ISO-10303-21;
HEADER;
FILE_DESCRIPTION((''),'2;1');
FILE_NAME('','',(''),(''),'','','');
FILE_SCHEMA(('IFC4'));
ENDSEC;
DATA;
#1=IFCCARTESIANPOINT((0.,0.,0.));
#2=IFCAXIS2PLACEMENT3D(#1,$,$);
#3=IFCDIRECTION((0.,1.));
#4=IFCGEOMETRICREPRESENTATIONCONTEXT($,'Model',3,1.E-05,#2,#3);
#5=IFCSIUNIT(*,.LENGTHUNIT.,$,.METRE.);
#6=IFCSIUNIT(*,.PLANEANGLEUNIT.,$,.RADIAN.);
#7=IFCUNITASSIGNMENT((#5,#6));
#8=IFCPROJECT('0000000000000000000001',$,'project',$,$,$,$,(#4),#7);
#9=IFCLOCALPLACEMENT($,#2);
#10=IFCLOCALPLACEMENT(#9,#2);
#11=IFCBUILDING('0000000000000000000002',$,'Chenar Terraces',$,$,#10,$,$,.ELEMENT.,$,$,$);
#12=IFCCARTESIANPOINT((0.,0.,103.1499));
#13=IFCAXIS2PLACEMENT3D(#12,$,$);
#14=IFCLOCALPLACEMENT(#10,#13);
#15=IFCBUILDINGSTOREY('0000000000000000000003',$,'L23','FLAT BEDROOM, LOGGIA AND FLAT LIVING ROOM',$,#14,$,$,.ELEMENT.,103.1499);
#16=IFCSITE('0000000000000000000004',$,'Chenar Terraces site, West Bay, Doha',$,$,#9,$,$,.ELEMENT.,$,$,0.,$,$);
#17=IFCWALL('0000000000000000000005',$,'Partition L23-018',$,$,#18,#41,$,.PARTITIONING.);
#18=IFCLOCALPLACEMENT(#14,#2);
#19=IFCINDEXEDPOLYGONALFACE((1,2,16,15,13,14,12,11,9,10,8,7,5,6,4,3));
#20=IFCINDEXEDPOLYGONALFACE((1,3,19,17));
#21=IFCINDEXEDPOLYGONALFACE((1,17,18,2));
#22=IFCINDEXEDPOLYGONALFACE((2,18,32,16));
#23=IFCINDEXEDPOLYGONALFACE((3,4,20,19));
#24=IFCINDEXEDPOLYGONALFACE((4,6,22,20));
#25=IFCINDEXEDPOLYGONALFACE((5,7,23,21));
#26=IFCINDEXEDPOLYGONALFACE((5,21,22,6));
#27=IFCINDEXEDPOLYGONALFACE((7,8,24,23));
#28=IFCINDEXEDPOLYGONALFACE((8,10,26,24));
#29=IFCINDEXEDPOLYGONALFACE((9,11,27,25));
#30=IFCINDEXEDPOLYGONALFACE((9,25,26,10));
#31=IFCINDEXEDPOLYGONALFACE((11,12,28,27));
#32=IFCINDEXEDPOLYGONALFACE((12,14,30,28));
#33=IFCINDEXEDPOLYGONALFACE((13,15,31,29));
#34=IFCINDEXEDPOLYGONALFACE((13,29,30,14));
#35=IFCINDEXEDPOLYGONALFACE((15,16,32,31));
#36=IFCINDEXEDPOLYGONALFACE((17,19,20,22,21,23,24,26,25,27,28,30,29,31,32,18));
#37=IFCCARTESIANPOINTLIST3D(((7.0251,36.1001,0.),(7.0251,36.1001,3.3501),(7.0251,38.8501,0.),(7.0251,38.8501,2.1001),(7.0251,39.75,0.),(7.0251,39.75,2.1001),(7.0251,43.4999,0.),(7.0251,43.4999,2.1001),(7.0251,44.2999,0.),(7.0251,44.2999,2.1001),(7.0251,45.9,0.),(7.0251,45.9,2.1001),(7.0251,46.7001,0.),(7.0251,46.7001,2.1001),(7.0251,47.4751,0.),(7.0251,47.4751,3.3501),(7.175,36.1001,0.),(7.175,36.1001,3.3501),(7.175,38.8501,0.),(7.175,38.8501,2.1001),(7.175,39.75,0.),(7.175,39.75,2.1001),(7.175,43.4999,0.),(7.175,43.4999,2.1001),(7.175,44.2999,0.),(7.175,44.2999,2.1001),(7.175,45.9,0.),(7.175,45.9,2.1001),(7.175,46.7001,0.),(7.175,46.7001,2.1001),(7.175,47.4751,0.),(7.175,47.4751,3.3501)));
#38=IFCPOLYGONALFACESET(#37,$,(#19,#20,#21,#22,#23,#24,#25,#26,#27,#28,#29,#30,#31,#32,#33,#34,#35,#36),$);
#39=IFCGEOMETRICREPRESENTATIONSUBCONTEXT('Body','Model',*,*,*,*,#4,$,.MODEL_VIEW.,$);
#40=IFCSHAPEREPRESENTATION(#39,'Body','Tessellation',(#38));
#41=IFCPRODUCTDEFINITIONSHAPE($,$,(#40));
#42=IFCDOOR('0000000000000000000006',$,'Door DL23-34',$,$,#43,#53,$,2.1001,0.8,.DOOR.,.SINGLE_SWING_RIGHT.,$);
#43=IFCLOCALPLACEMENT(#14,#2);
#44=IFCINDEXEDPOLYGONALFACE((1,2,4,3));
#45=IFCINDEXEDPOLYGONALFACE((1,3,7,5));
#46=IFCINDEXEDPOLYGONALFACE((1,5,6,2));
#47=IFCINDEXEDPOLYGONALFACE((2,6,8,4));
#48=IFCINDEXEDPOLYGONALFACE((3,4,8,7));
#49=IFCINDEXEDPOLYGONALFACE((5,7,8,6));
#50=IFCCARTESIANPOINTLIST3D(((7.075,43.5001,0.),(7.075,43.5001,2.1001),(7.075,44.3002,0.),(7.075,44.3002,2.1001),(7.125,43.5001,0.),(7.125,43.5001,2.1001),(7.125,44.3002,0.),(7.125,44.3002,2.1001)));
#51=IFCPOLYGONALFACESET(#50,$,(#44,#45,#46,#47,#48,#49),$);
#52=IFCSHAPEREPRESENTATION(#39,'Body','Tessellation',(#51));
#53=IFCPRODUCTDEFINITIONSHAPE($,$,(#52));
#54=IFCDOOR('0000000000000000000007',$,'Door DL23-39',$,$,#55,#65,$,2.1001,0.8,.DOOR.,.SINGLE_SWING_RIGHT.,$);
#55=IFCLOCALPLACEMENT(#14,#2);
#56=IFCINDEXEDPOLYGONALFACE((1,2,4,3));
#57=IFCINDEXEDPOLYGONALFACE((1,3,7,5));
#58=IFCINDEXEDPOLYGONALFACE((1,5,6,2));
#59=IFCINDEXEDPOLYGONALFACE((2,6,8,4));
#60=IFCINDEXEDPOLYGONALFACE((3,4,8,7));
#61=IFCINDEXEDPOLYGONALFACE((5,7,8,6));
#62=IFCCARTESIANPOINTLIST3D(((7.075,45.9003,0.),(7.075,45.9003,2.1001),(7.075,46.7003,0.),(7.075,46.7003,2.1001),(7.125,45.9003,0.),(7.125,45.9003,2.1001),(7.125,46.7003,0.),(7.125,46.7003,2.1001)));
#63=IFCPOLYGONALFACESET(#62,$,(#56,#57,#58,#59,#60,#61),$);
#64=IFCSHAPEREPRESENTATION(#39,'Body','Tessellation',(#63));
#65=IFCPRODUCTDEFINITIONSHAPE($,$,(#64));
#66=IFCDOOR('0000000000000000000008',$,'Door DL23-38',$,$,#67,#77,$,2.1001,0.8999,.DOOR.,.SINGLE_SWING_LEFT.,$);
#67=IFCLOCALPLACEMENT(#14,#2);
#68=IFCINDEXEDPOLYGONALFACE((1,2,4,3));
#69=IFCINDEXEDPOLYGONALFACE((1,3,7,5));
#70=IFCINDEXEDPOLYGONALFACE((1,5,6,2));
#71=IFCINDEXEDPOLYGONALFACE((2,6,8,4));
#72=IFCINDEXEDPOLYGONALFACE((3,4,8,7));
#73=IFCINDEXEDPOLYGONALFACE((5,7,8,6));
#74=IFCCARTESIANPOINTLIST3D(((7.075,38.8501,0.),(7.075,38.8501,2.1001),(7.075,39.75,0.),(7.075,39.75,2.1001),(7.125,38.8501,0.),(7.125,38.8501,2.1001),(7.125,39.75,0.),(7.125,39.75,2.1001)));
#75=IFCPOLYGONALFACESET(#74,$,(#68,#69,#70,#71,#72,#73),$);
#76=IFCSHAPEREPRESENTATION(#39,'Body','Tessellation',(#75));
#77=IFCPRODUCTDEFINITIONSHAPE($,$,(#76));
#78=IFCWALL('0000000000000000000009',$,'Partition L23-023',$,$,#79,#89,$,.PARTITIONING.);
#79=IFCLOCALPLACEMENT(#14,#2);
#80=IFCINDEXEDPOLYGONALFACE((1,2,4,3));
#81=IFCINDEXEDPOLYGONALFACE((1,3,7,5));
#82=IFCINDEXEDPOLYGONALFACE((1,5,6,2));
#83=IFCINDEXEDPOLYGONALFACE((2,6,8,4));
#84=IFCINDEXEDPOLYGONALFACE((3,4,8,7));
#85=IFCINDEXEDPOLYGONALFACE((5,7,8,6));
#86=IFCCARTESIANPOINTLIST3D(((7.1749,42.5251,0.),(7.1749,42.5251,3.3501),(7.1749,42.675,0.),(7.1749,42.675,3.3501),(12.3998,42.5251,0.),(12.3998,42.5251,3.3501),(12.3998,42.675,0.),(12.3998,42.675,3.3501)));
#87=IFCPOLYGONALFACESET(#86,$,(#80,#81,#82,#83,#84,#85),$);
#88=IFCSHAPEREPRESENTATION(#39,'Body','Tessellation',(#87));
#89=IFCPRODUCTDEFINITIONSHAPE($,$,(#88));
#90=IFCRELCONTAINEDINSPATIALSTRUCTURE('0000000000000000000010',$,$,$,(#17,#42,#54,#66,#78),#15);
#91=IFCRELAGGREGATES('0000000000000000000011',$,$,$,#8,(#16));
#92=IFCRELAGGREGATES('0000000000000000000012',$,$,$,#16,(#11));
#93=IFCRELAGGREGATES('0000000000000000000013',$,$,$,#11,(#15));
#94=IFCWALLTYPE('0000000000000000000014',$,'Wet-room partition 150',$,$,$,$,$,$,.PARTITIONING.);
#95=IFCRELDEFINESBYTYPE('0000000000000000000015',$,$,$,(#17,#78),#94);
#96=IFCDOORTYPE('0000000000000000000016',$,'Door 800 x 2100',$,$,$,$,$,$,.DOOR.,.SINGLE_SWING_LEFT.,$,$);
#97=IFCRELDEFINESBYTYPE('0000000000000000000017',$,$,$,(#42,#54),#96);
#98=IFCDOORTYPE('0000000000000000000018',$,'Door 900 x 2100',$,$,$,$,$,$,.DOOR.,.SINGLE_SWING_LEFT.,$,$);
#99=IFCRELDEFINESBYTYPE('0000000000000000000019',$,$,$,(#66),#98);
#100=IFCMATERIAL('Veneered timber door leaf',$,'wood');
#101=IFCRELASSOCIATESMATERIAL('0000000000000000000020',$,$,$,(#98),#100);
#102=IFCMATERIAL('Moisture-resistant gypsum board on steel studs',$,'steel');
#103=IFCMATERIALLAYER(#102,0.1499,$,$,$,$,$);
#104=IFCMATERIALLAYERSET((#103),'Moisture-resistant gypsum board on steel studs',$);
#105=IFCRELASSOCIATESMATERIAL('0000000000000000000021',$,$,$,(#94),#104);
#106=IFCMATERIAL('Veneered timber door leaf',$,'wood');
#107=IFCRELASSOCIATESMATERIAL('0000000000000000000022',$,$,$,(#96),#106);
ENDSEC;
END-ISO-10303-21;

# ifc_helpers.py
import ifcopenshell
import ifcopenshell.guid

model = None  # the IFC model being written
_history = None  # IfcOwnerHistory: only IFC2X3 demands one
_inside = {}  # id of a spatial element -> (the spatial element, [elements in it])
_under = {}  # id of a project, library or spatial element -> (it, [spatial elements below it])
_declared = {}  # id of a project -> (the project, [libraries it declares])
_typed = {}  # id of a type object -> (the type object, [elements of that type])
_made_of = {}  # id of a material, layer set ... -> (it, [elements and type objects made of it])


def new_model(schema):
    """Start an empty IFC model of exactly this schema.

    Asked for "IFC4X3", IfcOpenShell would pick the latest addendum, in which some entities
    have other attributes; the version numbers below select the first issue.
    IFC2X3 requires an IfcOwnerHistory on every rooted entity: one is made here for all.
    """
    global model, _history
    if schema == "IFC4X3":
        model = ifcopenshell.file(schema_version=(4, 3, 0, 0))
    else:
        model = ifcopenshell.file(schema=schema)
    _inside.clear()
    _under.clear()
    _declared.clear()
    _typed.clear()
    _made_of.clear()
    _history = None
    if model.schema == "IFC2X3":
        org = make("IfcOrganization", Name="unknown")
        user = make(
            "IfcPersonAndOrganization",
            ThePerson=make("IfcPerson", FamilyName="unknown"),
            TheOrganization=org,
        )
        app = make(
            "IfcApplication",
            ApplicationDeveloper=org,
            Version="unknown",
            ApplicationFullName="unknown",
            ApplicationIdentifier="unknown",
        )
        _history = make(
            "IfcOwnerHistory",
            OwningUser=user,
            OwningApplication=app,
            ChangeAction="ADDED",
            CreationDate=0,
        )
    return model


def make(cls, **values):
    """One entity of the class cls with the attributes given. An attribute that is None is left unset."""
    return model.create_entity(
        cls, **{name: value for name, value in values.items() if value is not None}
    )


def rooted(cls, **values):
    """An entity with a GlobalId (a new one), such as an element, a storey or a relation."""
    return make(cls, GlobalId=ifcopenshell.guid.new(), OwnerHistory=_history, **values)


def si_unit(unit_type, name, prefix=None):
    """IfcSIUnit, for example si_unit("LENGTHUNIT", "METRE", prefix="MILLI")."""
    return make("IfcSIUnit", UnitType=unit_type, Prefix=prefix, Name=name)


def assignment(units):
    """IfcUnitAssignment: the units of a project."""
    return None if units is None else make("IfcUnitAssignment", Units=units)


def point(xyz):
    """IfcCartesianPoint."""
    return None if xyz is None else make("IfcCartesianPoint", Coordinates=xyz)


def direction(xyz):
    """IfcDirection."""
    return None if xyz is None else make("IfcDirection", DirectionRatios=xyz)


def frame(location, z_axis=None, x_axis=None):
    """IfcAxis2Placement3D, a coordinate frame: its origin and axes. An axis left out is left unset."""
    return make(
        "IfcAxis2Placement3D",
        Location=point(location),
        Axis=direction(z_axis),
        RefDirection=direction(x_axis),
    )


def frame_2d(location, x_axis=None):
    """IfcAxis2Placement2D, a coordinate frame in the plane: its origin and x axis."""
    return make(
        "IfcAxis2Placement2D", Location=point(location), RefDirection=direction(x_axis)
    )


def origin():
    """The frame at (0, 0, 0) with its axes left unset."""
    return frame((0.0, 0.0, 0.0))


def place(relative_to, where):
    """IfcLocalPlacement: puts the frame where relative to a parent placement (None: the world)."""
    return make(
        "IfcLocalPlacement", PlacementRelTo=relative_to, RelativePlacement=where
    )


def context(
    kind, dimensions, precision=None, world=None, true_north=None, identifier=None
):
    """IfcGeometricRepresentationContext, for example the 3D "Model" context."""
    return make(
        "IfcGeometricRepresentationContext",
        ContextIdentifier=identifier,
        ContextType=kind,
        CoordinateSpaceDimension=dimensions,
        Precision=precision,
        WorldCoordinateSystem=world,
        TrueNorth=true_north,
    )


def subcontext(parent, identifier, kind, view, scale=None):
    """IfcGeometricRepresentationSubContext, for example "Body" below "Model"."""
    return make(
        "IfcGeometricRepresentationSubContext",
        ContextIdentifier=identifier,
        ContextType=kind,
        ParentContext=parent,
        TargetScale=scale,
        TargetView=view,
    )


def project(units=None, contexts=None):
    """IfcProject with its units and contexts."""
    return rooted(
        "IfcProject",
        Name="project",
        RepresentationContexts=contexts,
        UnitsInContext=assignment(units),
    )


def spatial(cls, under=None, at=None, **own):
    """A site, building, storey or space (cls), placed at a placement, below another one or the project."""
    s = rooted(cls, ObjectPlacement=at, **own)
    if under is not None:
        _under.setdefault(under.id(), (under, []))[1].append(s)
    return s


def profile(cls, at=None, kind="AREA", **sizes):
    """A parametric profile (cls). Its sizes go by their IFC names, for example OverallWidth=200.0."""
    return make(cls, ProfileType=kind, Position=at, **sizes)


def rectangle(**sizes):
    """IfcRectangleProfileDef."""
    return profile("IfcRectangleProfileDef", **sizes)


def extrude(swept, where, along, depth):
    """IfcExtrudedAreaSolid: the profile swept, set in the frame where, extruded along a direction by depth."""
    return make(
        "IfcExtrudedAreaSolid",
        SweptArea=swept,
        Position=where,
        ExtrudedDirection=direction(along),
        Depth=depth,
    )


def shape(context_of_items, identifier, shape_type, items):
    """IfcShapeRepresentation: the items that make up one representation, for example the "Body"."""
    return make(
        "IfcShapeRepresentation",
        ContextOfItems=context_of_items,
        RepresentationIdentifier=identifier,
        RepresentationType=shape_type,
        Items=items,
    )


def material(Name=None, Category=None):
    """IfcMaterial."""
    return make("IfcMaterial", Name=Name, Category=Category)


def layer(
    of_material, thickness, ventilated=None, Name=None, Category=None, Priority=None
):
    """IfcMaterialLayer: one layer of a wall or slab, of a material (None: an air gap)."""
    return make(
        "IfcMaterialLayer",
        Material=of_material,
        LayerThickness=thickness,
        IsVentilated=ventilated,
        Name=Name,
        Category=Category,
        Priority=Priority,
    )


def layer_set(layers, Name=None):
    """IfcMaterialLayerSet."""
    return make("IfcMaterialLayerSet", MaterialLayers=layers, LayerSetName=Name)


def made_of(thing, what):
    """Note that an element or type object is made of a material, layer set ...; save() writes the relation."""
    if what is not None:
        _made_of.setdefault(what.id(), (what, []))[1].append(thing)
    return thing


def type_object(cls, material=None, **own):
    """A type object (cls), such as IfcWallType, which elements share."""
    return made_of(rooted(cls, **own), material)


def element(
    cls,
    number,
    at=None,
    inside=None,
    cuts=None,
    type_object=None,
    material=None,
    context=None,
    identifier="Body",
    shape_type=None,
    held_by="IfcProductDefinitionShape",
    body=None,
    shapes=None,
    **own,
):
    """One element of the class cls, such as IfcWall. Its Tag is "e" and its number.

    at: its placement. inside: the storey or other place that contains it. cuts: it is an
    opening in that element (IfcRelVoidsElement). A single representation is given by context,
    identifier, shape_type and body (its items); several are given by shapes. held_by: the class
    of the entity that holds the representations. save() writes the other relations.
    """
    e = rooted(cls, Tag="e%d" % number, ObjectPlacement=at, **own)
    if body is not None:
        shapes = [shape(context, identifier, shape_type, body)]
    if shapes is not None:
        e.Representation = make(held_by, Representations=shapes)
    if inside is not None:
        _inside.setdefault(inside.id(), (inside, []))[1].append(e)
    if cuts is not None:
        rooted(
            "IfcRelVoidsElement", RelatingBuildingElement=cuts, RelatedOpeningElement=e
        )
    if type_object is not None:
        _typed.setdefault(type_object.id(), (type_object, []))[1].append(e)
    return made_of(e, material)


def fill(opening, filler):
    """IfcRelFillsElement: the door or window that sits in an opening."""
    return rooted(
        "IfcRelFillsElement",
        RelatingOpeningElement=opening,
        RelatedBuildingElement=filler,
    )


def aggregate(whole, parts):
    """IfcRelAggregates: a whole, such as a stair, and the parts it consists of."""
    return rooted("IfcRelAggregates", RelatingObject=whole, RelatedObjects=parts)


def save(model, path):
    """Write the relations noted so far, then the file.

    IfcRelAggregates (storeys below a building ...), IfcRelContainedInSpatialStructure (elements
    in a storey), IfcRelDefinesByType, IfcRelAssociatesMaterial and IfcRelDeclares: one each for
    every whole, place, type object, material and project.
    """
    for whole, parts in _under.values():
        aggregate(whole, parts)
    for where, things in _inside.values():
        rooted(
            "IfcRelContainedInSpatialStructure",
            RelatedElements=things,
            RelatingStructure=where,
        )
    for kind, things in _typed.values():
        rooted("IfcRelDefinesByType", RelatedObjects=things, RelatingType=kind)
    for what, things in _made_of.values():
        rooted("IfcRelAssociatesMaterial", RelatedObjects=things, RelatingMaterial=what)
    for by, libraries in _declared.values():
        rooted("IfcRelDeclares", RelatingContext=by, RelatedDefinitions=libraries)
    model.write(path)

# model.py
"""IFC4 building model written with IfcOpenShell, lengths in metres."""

from ifc_helpers import new_model, si_unit, direction, frame, frame_2d, origin, place, context, subcontext, project, spatial, rectangle, extrude, material, layer, layer_set, type_object, element, fill, save


model = new_model("IFC4")

# Units and contexts
model_context = context("Model", 3, precision=1e-05, world=origin(), true_north=direction((0.0, 1.0)))
body_context = subcontext(model_context, "Body", "Model", "MODEL_VIEW")
ifc_project = project(units=[si_unit("LENGTHUNIT", "METRE"), si_unit("PLANEANGLEUNIT", "RADIAN")], contexts=[model_context])

# Site, building, storey
site_placement = place(None, origin())
site = spatial("IfcSite", under=ifc_project, at=site_placement, Name="Chenar Terraces site, West Bay, Doha", CompositionType="ELEMENT", RefElevation=0.0)
building_placement = place(site_placement, origin())
building = spatial("IfcBuilding", under=site, at=building_placement, Name="Chenar Terraces", CompositionType="ELEMENT")
storey_placement = place(building_placement, frame((0.0, 0.0, 103.1499)))
storey = spatial("IfcBuildingStorey", under=building, at=storey_placement, Name="L23", Description="FLAT BEDROOM, LOGGIA AND FLAT LIVING ROOM", CompositionType="ELEMENT", Elevation=103.1499)

# Shared definitions
ifc_material_1 = material(Name="Veneered timber door leaf", Category="wood")
door_type_1 = type_object("IfcDoorType", Name="Door 900 x 2100", OperationType="SINGLE_SWING_LEFT", PredefinedType="DOOR", material=ifc_material_1)

# Wall, openings, doors
ifc_material_2 = material(Name="Moisture-resistant gypsum board on steel studs", Category="steel")
ifc_layer_1 = layer(ifc_material_2, 0.1499)
ifc_layer_set_1 = layer_set([ifc_layer_1], Name="Moisture-resistant gypsum board on steel studs")
wall_type_1 = type_object("IfcWallType", Name="Wet-room partition 150", PredefinedType="PARTITIONING", material=ifc_layer_set_1)
wall_1_placement = place(storey_placement, frame((7.1001, 36.1001, 0.0), z_axis=(0.0, 0.0, 1.0), x_axis=(0.0, 1.0, 0.0)))
wall_1 = element("IfcWall", 1, at=wall_1_placement, inside=storey, type_object=wall_type_1, Name="Partition L23-018", PredefinedType="PARTITIONING", context=body_context, shape_type="SweptSolid", body=[
    extrude(rectangle(XDim=11.375, YDim=0.1499, at=frame_2d((5.6875, 0.0))), origin(), (0.0, 0.0, 1.0), 3.3501),
])
opening_1_placement = place(wall_1_placement, frame((7.3999, 0.0, 0.0)))
opening_1 = element("IfcOpeningElement", 2, at=opening_1_placement, cuts=wall_1, PredefinedType="OPENING", context=body_context, shape_type="SweptSolid", body=[
    extrude(rectangle(XDim=0.8, YDim=2.1001, at=frame_2d((0.3999, 1.05))), frame((0.0, 0.085, 0.0), z_axis=(0.0, -1.0, 0.0), x_axis=(1.0, 0.0, 0.0)), (0.0, 0.0, 1.0), 0.1699),
])
opening_2_placement = place(wall_1_placement, frame((2.75, 0.0, 0.0)))
opening_2 = element("IfcOpeningElement", 3, at=opening_2_placement, cuts=wall_1, PredefinedType="OPENING", context=body_context, shape_type="SweptSolid", body=[
    extrude(rectangle(XDim=0.8999, YDim=2.1001, at=frame_2d((0.45, 1.05))), frame((0.0, 0.085, 0.0), z_axis=(0.0, -1.0, 0.0), x_axis=(1.0, 0.0, 0.0)), (0.0, 0.0, 1.0), 0.1699),
])
opening_3_placement = place(wall_1_placement, frame((9.8, 0.0, 0.0)))
opening_3 = element("IfcOpeningElement", 4, at=opening_3_placement, cuts=wall_1, PredefinedType="OPENING", context=body_context, shape_type="SweptSolid", body=[
    extrude(rectangle(XDim=0.8, YDim=2.1001, at=frame_2d((0.3999, 1.05))), frame((0.0, 0.085, 0.0), z_axis=(0.0, -1.0, 0.0), x_axis=(1.0, 0.0, 0.0)), (0.0, 0.0, 1.0), 0.1699),
])
ifc_material_3 = material(Name="Veneered timber door leaf", Category="wood")
door_type_2 = type_object("IfcDoorType", Name="Door 800 x 2100", OperationType="SINGLE_SWING_LEFT", PredefinedType="DOOR", material=ifc_material_3)
door_1_placement = place(opening_1_placement, frame((0.8, 0.0, 0.0), z_axis=(0.0, 0.0, 1.0), x_axis=(-1.0, 0.0, 0.0)))
door_1 = element("IfcDoor", 5, at=door_1_placement, inside=storey, type_object=door_type_2, Name="Door DL23-34", OperationType="SINGLE_SWING_RIGHT", OverallHeight=2.1001, OverallWidth=0.8, PredefinedType="DOOR", context=body_context, shape_type="SweptSolid", body=[
    extrude(rectangle(XDim=0.8, YDim=2.1001, at=frame_2d((0.3999, 1.05))), frame((0.0, 0.0249, 0.0), z_axis=(0.0, -1.0, 0.0), x_axis=(1.0, 0.0, 0.0)), (0.0, 0.0, 1.0), 0.05),
])
fill(opening_1, door_1)
door_2_placement = place(opening_3_placement, frame((0.8, 0.0, 0.0), z_axis=(0.0, 0.0, 1.0), x_axis=(-1.0, 0.0, 0.0)))
door_2 = element("IfcDoor", 6, at=door_2_placement, inside=storey, type_object=door_type_2, Name="Door DL23-39", OperationType="SINGLE_SWING_RIGHT", OverallHeight=2.1001, OverallWidth=0.8, PredefinedType="DOOR", context=body_context, shape_type="SweptSolid", body=[
    extrude(rectangle(XDim=0.8, YDim=2.1001, at=frame_2d((0.3999, 1.05))), frame((0.0, 0.0249, 0.0), z_axis=(0.0, -1.0, 0.0), x_axis=(1.0, 0.0, 0.0)), (0.0, 0.0, 1.0), 0.05),
])
fill(opening_3, door_2)
door_3_placement = place(opening_2_placement, frame((0.8999, 0.0, 0.0), z_axis=(0.0, 0.0, 1.0), x_axis=(-1.0, 0.0, 0.0)))
door_3 = element("IfcDoor", 7, at=door_3_placement, inside=storey, type_object=door_type_1, Name="Door DL23-38", OperationType="SINGLE_SWING_LEFT", OverallHeight=2.1001, OverallWidth=0.8999, PredefinedType="DOOR", context=body_context, shape_type="SweptSolid", body=[
    extrude(rectangle(XDim=0.8999, YDim=2.1001, at=frame_2d((0.45, 1.05))), frame((0.0, 0.0249, 0.0), z_axis=(0.0, -1.0, 0.0), x_axis=(1.0, 0.0, 0.0)), (0.0, 0.0, 1.0), 0.05),
])
fill(opening_2, door_3)

# Wall
wall_2_placement = place(storey_placement, frame((7.175, 42.6001, 0.0), z_axis=(0.0, 0.0, 1.0), x_axis=(1.0, 0.0, 0.0)))
element("IfcWall", 8, at=wall_2_placement, inside=storey, type_object=wall_type_1, Name="Partition L23-023", PredefinedType="PARTITIONING", context=body_context, shape_type="SweptSolid", body=[
    extrude(rectangle(XDim=5.2249, YDim=0.1499, at=frame_2d((2.6123, 0.0))), origin(), (0.0, 0.0, 1.0), 3.3501),
])

save(model, "model.ifc")
